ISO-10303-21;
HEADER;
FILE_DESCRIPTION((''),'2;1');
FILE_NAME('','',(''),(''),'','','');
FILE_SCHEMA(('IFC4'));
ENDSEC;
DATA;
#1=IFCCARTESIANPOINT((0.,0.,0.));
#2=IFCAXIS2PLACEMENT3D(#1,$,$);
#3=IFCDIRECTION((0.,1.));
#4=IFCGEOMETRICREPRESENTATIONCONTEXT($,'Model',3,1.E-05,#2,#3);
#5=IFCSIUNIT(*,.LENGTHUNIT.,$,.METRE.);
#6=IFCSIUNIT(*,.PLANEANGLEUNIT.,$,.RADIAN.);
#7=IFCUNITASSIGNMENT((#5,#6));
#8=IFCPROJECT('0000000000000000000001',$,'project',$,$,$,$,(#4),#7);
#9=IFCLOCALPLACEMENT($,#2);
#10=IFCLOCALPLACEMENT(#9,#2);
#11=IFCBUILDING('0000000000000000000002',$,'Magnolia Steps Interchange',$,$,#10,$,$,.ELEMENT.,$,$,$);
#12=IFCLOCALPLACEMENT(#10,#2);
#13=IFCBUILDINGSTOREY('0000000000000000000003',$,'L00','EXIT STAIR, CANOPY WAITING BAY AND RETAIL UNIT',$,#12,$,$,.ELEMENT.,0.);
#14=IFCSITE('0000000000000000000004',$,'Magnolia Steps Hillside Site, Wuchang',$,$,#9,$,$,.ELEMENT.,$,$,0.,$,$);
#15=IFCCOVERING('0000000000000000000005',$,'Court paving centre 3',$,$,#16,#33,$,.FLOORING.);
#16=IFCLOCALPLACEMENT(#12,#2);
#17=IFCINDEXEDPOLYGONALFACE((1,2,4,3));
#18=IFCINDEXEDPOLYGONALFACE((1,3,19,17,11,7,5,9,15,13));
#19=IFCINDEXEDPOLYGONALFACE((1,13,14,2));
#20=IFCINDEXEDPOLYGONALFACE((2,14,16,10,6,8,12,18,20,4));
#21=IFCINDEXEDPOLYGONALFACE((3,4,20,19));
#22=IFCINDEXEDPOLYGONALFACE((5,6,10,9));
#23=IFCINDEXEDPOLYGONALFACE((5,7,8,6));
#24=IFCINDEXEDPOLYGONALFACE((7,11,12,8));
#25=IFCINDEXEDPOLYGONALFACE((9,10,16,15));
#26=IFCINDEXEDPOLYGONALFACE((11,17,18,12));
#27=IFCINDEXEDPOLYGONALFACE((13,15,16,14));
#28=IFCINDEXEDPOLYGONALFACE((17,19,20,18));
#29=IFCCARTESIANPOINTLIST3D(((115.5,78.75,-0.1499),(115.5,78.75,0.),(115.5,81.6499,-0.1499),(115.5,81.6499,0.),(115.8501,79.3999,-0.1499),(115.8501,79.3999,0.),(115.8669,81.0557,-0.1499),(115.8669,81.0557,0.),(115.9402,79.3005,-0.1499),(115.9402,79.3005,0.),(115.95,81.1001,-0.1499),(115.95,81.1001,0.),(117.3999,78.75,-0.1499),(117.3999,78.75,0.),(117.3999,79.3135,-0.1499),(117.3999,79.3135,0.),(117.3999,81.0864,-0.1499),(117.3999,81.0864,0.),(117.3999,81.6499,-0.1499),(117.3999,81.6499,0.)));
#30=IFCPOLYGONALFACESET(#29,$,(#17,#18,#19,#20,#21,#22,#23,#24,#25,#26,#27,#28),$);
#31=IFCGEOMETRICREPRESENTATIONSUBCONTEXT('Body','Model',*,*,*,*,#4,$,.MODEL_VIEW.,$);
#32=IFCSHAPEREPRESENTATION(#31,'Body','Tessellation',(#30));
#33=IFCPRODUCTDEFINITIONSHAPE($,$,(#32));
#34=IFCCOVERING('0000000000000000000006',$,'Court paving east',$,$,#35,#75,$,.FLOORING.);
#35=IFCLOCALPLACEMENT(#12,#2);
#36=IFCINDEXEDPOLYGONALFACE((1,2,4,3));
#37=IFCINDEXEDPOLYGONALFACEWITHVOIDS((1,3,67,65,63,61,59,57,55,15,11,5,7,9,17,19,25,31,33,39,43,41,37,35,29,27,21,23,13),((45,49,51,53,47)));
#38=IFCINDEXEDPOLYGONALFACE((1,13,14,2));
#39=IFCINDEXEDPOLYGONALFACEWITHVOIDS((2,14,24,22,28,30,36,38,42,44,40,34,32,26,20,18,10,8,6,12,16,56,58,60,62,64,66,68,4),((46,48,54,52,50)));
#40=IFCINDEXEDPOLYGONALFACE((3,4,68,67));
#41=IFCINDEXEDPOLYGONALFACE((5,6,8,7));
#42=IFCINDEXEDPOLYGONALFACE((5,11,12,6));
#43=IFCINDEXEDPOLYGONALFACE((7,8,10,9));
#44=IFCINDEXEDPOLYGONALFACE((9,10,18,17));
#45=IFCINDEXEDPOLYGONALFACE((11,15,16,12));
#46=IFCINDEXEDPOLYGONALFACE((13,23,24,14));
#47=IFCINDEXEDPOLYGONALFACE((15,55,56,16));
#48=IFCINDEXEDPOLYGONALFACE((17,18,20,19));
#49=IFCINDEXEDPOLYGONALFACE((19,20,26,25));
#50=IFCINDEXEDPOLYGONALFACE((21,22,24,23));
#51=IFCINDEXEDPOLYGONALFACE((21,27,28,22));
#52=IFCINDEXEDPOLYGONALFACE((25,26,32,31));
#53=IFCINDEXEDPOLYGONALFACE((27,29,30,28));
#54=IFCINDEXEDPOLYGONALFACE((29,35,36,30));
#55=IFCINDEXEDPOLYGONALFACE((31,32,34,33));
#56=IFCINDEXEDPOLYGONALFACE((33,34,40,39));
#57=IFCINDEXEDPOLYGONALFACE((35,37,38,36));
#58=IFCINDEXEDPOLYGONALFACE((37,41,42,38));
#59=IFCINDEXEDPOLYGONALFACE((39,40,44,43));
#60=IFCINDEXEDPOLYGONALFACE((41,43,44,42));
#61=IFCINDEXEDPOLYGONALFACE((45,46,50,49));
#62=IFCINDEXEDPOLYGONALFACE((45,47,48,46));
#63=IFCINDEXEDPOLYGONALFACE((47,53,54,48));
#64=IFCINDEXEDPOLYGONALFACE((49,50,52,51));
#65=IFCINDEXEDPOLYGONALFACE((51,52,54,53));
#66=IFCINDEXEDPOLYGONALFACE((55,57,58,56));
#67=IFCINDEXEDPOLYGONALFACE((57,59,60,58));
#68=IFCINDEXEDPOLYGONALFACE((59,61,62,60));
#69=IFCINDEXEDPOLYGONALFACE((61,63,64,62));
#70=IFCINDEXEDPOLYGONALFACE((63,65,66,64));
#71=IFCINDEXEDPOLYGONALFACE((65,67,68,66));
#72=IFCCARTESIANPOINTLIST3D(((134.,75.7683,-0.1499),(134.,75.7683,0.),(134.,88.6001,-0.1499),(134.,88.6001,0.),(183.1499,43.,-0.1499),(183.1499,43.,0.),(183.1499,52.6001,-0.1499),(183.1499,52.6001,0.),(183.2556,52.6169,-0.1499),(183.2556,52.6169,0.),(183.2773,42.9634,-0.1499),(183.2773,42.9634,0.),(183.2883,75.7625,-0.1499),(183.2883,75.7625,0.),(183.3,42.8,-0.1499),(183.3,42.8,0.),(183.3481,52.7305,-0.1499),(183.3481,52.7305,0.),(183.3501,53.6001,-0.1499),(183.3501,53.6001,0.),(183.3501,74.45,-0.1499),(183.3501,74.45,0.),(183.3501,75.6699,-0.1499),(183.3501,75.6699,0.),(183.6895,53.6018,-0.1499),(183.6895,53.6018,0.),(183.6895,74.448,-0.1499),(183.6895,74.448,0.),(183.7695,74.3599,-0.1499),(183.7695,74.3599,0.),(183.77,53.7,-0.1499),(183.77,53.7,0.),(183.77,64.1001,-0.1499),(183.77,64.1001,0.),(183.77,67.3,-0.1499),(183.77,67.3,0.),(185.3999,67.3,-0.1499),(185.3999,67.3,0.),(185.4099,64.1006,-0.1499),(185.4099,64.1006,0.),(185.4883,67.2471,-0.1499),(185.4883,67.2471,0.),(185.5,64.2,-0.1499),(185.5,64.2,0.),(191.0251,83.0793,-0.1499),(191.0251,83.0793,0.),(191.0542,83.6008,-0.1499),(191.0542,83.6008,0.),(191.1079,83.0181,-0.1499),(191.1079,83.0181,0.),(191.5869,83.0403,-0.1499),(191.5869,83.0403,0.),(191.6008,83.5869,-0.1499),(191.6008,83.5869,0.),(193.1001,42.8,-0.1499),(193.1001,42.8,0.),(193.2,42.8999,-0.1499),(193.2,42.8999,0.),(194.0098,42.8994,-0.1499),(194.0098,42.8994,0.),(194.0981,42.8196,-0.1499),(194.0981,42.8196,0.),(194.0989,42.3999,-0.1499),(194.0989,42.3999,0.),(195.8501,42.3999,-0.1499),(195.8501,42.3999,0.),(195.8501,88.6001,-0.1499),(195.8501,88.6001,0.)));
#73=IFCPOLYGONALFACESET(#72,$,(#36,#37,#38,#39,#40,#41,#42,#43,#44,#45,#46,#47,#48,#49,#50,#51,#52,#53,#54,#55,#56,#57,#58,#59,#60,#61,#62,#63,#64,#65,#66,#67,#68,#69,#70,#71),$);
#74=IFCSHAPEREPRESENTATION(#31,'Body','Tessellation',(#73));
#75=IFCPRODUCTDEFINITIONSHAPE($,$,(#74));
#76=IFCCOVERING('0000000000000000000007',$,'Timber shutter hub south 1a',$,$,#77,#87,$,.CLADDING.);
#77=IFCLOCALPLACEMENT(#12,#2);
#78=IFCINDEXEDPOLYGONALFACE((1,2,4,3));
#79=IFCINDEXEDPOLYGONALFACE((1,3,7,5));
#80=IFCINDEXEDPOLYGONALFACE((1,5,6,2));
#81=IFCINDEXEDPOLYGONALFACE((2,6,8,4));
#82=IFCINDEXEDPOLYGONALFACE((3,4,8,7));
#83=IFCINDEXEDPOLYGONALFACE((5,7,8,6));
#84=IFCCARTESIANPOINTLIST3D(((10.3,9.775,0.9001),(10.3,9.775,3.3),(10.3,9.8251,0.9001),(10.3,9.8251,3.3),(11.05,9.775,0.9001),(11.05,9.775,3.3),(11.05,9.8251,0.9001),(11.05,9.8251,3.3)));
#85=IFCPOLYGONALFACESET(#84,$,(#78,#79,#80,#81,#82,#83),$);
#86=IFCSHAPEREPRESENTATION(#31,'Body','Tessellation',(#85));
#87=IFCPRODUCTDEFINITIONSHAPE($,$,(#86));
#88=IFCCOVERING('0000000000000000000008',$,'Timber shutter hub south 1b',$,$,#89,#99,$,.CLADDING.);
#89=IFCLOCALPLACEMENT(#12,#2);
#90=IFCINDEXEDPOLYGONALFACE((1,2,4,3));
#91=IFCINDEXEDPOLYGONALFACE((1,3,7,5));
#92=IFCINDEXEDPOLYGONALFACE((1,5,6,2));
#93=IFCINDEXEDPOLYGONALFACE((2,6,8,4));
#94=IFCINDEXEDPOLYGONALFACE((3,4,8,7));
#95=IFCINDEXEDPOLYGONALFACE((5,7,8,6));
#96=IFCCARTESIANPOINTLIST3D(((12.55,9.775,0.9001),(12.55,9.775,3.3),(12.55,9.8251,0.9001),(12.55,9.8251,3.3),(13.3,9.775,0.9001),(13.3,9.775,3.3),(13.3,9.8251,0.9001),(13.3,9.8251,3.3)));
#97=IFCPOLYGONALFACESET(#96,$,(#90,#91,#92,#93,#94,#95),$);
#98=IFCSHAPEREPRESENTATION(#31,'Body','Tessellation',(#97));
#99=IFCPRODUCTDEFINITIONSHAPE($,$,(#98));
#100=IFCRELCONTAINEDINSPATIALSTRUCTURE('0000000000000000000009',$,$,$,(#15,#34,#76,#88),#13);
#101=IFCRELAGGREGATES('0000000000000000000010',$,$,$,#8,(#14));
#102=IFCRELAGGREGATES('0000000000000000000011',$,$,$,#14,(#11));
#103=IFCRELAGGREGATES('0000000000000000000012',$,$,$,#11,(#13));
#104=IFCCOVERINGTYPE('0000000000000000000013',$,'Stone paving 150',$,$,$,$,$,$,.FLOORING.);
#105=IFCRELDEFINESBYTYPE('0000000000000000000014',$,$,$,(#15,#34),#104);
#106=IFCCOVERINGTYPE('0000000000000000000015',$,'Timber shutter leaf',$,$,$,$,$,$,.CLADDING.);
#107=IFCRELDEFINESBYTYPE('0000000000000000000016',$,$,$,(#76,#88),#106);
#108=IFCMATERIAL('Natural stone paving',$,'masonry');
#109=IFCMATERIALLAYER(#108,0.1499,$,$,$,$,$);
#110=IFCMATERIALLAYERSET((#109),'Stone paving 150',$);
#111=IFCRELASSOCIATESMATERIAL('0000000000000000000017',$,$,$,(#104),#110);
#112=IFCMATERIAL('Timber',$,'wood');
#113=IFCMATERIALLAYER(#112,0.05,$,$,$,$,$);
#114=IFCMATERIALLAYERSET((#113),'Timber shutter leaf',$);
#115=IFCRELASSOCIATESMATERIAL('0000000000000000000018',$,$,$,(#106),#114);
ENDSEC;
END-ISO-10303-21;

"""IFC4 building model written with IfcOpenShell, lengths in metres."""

from ifc_helpers import new_model, si_unit, direction, frame, origin, origin_2d, place, context, subcontext, project, spatial, polyline, rectangle, outline, extrude, material, layer, layer_set, type_object, element, save


model = new_model("IFC4")

# Units and contexts
model_context = context("Model", 3, precision=1e-05, world=origin(), true_north=direction((0.0, 1.0)))
body_context = subcontext(model_context, "Body", "Model", "MODEL_VIEW")
ifc_project = project(units=[si_unit("LENGTHUNIT", "METRE"), si_unit("PLANEANGLEUNIT", "RADIAN")], contexts=[model_context])

# Site, building, storey
site_placement = place(None, origin())
site = spatial("IfcSite", under=ifc_project, at=site_placement, Name="Magnolia Steps Hillside Site, Wuchang", CompositionType="ELEMENT", RefElevation=0.0)
building_placement = place(site_placement, origin())
building = spatial("IfcBuilding", under=site, at=building_placement, Name="Magnolia Steps Interchange", CompositionType="ELEMENT")
storey_placement = place(building_placement, origin())
storey = spatial("IfcBuildingStorey", under=building, at=storey_placement, Name="L00", Description="EXIT STAIR, CANOPY WAITING BAY AND RETAIL UNIT", CompositionType="ELEMENT", Elevation=0.0)

# Coverings
ifc_material_1 = material(Name="Natural stone paving", Category="masonry")
ifc_layer_1 = layer(ifc_material_1, 0.1499)
ifc_layer_set_1 = layer_set([ifc_layer_1], Name="Stone paving 150")
covering_type_1 = type_object("IfcCoveringType", Name="Stone paving 150", PredefinedType="FLOORING", material=ifc_layer_set_1)
covering_1_placement = place(storey_placement, frame((0.0, 0.0, -0.1499)))
element("IfcCovering", 1, at=covering_1_placement, inside=storey, type_object=covering_type_1, Name="Court paving centre 3", PredefinedType="FLOORING", context=body_context, shape_type="SweptSolid", body=[
    extrude(outline(polyline([(115.5, 78.75), (115.5, 81.6499), (117.3999, 81.6499), (117.3999, 81.0864), (115.95, 81.1001), (115.8669, 81.0557), (115.8501, 79.3999), (115.9402, 79.3005), (117.3999, 79.3135), (117.3999, 78.75), (115.5, 78.75)])), origin(), (0.0, 0.0, 1.0), 0.1499),
])
covering_2_placement = place(storey_placement, frame((0.0, 0.0, -0.1499)))
element("IfcCovering", 2, at=covering_2_placement, inside=storey, type_object=covering_type_1, Name="Court paving east", PredefinedType="FLOORING", context=body_context, shape_type="SweptSolid", body=[
    extrude(outline(polyline([(195.8501, 42.3999), (194.0989, 42.3999), (194.0981, 42.8196), (194.0098, 42.8994), (193.2, 42.8999), (193.1001, 42.8), (183.3, 42.8), (183.2773, 42.9634), (183.1499, 43.0), (183.1499, 52.6001), (183.2556, 52.6169), (183.3481, 52.7305), (183.3501, 53.6001), (183.6895, 53.6018), (183.77, 53.7), (183.77, 64.1001), (185.4099, 64.1006), (185.5, 64.2), (185.4883, 67.2471), (185.3999, 67.3), (183.77, 67.3), (183.7695, 74.3599), (183.6895, 74.448), (183.3501, 74.45), (183.3501, 75.6699), (183.2883, 75.7625), (134.0, 75.7683), (134.0, 88.6001), (195.8501, 88.6001), (195.8501, 42.3999)]), holes=[polyline([(191.5869, 83.0403), (191.6008, 83.5869), (191.0542, 83.6008), (191.0251, 83.0793), (191.1079, 83.0181), (191.5869, 83.0403)])]), origin(), (0.0, 0.0, 1.0), 0.1499),
])
ifc_material_2 = material(Name="Timber", Category="wood")
ifc_layer_2 = layer(ifc_material_2, 0.05)
ifc_layer_set_2 = layer_set([ifc_layer_2], Name="Timber shutter leaf")
covering_type_2 = type_object("IfcCoveringType", Name="Timber shutter leaf", PredefinedType="CLADDING", material=ifc_layer_set_2)
for number, where, z_axis, x_axis, name in (
    (3, (10.675, 9.8, 0.9001), (0.0, 0.0, 1.0), (1.0, 0.0, 0.0), "Timber shutter hub south 1a"),
    (4, (12.925, 9.8, 0.9001), (0.0, 0.0, 1.0), (1.0, 0.0, 0.0), "Timber shutter hub south 1b"),
):
    element("IfcCovering", number, at=place(storey_placement, frame(where, z_axis=z_axis, x_axis=x_axis)), inside=storey, type_object=covering_type_2, Name=name, PredefinedType="CLADDING", context=body_context, shape_type="SweptSolid", body=[
        extrude(rectangle(XDim=0.75, YDim=0.05, at=origin_2d()), origin(), (0.0, 0.0, 1.0), 2.3999),
    ])

save(model, "model.ifc")
